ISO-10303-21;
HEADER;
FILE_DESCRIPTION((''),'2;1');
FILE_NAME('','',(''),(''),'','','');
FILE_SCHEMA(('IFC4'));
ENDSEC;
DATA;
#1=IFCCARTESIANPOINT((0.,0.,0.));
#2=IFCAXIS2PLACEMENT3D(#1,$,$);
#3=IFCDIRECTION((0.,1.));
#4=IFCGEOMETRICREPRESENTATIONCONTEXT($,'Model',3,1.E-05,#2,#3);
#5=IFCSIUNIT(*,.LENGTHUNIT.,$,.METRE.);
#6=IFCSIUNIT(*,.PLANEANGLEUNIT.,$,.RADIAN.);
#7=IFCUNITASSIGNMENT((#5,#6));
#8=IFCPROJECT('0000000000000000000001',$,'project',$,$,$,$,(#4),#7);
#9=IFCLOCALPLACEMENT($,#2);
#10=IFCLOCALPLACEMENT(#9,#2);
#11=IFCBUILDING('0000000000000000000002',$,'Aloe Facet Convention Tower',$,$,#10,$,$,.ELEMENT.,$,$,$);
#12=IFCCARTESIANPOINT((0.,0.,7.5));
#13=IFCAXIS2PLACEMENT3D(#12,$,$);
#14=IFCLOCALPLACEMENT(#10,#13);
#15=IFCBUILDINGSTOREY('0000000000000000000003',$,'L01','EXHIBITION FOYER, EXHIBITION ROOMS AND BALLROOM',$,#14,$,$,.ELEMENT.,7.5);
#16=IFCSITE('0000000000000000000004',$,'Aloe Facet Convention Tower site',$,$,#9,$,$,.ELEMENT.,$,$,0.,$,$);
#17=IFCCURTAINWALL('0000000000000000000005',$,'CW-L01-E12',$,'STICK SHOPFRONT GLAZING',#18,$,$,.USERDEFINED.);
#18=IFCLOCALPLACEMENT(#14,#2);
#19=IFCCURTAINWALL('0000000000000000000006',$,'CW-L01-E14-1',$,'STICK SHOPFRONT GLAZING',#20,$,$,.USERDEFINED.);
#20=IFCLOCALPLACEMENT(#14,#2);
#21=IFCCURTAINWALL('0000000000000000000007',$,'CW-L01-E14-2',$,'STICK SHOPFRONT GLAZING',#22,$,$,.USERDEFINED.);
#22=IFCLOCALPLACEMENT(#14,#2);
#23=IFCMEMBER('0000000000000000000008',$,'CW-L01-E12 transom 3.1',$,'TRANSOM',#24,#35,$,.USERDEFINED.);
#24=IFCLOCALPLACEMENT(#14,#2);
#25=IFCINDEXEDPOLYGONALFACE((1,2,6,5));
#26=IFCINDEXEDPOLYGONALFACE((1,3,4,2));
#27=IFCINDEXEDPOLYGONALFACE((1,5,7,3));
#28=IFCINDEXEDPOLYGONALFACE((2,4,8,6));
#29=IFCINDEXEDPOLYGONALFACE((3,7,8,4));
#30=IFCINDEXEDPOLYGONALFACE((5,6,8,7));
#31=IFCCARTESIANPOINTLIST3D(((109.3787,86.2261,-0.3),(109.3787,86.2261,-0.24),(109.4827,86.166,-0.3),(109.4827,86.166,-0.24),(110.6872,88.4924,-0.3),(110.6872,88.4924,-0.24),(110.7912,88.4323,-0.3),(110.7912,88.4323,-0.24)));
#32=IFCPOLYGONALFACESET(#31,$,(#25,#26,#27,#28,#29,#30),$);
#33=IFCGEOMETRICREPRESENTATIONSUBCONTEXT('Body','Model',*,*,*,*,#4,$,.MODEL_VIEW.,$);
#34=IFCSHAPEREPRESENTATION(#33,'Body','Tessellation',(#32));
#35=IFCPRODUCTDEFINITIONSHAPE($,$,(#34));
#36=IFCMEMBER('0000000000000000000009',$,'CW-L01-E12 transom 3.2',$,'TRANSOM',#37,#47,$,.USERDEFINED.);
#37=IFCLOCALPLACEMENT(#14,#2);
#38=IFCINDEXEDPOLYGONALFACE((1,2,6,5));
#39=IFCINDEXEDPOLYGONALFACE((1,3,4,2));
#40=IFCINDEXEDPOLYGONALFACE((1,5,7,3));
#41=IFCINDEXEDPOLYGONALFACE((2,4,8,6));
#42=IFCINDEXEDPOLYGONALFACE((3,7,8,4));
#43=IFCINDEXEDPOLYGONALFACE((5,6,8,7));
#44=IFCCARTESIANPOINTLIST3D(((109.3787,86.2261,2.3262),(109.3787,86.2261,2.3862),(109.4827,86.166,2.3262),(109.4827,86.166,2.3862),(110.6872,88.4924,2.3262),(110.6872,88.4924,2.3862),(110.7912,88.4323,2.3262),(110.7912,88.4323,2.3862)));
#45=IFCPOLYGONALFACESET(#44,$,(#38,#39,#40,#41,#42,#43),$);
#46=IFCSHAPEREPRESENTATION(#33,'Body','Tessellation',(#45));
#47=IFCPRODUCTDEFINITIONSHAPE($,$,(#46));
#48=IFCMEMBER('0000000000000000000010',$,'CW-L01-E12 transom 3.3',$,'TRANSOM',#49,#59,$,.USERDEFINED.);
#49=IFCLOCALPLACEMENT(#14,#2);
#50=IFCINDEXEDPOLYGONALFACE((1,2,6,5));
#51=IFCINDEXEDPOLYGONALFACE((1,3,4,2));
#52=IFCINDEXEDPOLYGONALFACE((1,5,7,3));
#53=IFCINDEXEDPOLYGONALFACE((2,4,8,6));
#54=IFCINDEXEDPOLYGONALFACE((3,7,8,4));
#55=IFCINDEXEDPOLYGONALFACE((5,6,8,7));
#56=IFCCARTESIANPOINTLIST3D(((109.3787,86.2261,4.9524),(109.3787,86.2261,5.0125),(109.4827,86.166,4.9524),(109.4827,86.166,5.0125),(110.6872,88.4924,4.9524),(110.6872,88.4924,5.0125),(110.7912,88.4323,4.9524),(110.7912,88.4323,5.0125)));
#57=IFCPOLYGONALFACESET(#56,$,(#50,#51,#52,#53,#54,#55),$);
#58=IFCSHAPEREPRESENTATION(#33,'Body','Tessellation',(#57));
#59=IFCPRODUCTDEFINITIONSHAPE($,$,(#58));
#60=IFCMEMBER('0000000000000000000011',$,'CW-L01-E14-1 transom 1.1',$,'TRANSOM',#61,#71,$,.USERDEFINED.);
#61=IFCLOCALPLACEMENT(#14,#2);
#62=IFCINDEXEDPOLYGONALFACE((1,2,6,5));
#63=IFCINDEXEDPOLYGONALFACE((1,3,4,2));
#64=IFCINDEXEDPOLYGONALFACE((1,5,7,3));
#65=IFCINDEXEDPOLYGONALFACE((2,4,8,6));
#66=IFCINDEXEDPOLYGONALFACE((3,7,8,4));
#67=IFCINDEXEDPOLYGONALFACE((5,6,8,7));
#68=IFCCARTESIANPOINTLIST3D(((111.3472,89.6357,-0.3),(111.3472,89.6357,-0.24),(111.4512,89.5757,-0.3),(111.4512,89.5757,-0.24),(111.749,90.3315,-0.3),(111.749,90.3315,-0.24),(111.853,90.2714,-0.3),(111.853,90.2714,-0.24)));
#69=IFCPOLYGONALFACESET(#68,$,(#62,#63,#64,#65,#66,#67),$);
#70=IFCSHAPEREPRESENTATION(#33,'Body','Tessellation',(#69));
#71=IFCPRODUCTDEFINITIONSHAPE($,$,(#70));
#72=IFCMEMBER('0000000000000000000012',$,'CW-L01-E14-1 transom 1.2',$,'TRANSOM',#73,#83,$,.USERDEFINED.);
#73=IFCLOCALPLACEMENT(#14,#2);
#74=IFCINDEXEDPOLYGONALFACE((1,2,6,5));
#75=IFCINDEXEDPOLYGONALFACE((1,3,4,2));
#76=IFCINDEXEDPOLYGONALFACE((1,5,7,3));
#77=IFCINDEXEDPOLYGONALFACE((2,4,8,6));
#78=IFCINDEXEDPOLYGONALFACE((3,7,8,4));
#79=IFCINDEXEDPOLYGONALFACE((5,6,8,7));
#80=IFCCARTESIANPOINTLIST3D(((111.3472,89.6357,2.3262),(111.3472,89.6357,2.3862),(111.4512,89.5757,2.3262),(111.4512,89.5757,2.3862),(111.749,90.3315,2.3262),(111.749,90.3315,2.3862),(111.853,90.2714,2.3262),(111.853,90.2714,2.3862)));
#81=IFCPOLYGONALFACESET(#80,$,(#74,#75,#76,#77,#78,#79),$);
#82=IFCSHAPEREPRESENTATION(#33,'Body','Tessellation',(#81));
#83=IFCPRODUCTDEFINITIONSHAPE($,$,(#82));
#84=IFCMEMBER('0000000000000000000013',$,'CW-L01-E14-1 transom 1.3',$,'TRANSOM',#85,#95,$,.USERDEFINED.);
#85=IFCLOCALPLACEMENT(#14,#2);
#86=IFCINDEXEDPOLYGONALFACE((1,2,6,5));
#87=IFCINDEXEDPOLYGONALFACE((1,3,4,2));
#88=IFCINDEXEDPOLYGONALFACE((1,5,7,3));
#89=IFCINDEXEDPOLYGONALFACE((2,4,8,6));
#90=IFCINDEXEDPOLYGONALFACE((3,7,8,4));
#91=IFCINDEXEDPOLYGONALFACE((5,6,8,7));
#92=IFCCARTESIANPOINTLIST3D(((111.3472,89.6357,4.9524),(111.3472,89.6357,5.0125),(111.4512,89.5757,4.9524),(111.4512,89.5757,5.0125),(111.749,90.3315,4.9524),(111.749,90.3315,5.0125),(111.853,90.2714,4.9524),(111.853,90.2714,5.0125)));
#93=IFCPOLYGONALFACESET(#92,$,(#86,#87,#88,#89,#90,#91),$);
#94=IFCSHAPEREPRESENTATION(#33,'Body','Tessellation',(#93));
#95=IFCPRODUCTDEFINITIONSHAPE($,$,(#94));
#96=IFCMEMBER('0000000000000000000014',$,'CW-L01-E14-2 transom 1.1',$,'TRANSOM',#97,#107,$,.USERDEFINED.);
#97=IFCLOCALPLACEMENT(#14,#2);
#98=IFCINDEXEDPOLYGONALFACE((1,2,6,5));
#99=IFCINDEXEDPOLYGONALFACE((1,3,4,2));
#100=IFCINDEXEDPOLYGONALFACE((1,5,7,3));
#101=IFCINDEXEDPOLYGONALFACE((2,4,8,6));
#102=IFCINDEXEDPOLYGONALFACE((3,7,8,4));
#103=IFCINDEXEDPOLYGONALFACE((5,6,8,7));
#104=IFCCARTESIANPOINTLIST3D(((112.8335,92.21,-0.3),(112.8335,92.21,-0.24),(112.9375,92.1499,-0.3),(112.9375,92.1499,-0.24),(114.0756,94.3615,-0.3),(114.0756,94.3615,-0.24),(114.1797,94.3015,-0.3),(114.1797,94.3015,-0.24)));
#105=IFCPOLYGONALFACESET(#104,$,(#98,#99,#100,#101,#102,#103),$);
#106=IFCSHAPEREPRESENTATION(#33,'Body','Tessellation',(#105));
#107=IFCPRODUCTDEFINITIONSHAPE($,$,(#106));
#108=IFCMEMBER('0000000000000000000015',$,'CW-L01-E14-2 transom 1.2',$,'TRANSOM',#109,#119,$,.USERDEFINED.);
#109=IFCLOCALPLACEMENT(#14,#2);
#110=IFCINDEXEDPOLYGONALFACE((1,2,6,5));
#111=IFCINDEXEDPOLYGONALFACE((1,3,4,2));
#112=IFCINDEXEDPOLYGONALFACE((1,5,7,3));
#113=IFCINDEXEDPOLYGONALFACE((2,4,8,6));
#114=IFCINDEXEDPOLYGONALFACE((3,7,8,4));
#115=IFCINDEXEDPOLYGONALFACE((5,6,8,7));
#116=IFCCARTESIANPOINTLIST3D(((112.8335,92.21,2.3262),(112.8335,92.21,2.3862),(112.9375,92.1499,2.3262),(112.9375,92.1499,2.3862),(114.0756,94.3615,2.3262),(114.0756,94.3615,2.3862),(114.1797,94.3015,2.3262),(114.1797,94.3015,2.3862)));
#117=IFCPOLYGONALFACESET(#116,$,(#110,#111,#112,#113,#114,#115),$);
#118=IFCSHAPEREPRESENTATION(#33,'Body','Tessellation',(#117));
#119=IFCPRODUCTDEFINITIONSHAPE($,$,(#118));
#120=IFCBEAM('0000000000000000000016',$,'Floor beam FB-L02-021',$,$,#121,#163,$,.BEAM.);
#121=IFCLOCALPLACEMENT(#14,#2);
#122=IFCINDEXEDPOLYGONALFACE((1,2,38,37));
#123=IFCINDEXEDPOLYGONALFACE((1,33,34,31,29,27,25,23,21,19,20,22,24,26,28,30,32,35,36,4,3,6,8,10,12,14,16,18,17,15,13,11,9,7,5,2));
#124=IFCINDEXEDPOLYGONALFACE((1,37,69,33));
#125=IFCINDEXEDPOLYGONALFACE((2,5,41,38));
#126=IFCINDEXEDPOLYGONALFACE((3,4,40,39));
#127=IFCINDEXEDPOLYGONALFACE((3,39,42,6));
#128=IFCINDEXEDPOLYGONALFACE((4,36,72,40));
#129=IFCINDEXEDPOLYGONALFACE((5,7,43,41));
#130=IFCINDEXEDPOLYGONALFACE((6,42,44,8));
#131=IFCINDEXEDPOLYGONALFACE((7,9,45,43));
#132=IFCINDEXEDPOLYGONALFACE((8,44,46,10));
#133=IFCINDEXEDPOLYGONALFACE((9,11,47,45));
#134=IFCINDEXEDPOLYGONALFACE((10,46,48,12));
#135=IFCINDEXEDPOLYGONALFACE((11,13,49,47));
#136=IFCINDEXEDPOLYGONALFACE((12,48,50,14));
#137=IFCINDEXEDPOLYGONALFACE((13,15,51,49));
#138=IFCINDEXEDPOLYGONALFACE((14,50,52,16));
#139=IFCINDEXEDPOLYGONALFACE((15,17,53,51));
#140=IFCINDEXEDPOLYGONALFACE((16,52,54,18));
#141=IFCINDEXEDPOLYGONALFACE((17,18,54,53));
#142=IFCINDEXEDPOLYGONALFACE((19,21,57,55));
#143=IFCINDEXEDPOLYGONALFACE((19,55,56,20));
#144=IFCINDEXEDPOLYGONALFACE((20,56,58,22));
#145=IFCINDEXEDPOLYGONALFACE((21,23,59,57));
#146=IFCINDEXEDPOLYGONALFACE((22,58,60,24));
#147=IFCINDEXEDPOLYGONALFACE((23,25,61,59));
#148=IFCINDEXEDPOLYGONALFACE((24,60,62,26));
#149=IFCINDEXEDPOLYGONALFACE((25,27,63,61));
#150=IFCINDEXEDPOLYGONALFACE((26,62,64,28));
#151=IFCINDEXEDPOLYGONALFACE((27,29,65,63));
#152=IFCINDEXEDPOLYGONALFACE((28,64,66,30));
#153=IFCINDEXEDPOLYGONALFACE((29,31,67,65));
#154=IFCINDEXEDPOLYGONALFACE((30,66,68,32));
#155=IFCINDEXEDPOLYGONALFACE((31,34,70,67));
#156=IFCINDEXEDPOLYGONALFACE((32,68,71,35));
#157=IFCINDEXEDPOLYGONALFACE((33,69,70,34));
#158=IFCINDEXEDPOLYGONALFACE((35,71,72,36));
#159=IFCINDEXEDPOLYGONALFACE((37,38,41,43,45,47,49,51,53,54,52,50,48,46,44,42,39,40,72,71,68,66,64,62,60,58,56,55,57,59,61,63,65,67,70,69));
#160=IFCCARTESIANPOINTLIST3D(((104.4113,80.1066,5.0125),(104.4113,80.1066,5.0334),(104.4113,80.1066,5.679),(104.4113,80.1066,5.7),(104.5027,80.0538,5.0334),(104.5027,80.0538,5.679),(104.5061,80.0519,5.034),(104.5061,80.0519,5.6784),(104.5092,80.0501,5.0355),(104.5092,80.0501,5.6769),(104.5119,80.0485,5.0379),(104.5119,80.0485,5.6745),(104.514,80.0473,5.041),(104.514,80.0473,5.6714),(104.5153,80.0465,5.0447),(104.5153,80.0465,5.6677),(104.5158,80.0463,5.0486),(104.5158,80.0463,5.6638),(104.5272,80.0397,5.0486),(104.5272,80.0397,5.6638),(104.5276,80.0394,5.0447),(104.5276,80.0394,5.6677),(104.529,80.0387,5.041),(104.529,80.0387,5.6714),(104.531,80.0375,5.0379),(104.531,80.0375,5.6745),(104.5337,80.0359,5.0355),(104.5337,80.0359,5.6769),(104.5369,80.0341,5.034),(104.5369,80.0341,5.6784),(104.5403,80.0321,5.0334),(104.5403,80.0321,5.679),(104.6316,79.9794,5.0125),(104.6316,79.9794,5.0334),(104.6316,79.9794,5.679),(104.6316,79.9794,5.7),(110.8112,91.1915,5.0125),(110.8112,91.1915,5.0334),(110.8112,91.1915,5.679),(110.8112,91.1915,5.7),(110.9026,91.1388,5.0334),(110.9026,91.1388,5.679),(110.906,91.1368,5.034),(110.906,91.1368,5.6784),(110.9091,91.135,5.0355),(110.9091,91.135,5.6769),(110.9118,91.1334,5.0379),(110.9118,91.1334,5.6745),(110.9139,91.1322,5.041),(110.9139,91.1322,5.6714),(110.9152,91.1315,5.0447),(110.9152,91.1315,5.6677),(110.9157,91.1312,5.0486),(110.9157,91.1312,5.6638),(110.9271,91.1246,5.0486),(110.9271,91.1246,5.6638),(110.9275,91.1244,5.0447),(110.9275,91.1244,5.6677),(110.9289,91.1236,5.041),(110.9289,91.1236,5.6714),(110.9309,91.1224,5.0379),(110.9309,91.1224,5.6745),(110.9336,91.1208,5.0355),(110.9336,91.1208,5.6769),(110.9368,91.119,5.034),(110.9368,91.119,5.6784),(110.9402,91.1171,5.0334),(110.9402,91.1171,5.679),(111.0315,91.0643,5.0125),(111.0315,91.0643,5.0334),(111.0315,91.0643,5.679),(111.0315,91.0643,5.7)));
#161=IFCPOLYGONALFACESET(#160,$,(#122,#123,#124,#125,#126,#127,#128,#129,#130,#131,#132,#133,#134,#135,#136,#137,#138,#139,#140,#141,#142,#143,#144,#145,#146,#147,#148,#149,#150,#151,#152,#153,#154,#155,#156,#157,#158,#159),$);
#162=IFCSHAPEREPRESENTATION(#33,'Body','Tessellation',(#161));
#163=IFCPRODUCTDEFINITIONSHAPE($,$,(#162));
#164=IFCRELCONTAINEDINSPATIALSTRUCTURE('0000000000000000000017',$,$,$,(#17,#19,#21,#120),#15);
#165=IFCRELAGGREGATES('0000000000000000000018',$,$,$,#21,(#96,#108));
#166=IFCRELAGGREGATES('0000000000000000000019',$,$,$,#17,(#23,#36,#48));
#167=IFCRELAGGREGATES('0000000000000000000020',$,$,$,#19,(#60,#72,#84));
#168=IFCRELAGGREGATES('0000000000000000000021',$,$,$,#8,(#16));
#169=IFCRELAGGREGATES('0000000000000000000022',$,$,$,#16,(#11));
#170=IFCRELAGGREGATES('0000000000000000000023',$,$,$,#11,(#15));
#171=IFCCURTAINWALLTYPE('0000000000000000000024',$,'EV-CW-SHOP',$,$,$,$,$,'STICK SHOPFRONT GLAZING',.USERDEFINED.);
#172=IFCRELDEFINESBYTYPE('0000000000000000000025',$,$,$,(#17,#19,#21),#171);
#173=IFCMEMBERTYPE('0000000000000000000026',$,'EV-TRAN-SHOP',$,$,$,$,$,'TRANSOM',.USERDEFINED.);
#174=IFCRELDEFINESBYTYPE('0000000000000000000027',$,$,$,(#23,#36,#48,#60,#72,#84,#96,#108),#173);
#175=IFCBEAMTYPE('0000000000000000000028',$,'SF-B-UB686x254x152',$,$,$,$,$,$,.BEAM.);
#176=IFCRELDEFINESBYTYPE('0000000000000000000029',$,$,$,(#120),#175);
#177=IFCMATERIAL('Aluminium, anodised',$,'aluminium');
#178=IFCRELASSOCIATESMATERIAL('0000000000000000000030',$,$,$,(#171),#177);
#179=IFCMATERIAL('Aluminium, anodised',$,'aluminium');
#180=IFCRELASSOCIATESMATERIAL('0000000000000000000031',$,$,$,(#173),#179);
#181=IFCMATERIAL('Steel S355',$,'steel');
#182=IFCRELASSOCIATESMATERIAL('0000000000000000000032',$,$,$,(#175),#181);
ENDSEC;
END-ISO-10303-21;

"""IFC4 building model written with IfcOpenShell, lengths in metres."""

from ifc_helpers import new_model, si_unit, direction, frame, origin, origin_2d, place, context, subcontext, project, spatial, rectangle, i_section, extrude, material, material_profile, profile_set, type_object, element, aggregate, save


model = new_model("IFC4")

# Units and contexts
model_context = context("Model", 3, precision=1e-05, world=origin(), true_north=direction((0.0, 1.0)))
body_context = subcontext(model_context, "Body", "Model", "MODEL_VIEW")
ifc_project = project(units=[si_unit("LENGTHUNIT", "METRE"), si_unit("PLANEANGLEUNIT", "RADIAN")], contexts=[model_context])

# Site, building, storey
site_placement = place(None, origin())
site = spatial("IfcSite", under=ifc_project, at=site_placement, Name="Aloe Facet Convention Tower site", CompositionType="ELEMENT", RefElevation=0.0)
building_placement = place(site_placement, origin())
building = spatial("IfcBuilding", under=site, at=building_placement, Name="Aloe Facet Convention Tower", CompositionType="ELEMENT")
storey_placement = place(building_placement, frame((0.0, 0.0, 7.5)))
storey = spatial("IfcBuildingStorey", under=building, at=storey_placement, Name="L01", Description="EXHIBITION FOYER, EXHIBITION ROOMS AND BALLROOM", CompositionType="ELEMENT", Elevation=7.5)

# Curtain walls
ifc_material_1 = material(Name="Aluminium, anodised", Category="aluminium")
curtain_wall_type = type_object("IfcCurtainWallType", Name="EV-CW-SHOP", ElementType="STICK SHOPFRONT GLAZING", PredefinedType="USERDEFINED", material=ifc_material_1)
curtain_wall_1_placement = place(storey_placement, origin())
curtain_wall_1 = element("IfcCurtainWall", 1, at=curtain_wall_1_placement, inside=storey, type_object=curtain_wall_type, Name="CW-L01-E12", ObjectType="STICK SHOPFRONT GLAZING", PredefinedType="USERDEFINED")
curtain_wall_2_placement = place(storey_placement, origin())
curtain_wall_2 = element("IfcCurtainWall", 2, at=curtain_wall_2_placement, inside=storey, type_object=curtain_wall_type, Name="CW-L01-E14-1", ObjectType="STICK SHOPFRONT GLAZING", PredefinedType="USERDEFINED")

# Curtain wall
curtain_wall_3_placement = place(storey_placement, origin())
curtain_wall_3 = element("IfcCurtainWall", 3, at=curtain_wall_3_placement, inside=storey, type_object=curtain_wall_type, Name="CW-L01-E14-2", ObjectType="STICK SHOPFRONT GLAZING", PredefinedType="USERDEFINED")

# Members
ifc_material_2 = material(Name="Aluminium, anodised", Category="aluminium")
ifc_material_profile_1 = material_profile(ifc_material_2, rectangle(XDim=0.1201, YDim=0.0601, at=origin_2d()), Name="AL 120x60")
ifc_profile_set_1 = profile_set([ifc_material_profile_1], Name="Aluminium, anodised")
member_type_1 = type_object("IfcMemberType", Name="EV-TRAN-SHOP", ElementType="TRANSOM", PredefinedType="USERDEFINED", material=ifc_profile_set_1)
member_1_placement = place(storey_placement, frame((109.4307, 86.196, -0.27), z_axis=(0.500032, 0.866007, 0.0), x_axis=(-0.866007, 0.500032, 0.0)))
member_1 = element("IfcMember", 4, at=member_1_placement, type_object=member_type_1, Name="CW-L01-E12 transom 3.1", ObjectType="TRANSOM", PredefinedType="USERDEFINED", context=body_context, shape_type="SweptSolid", body=[
    extrude(rectangle(XDim=0.1201, YDim=0.0601, at=origin_2d()), origin(), (0.0, 0.0, 1.0), 2.6169),
])
member_2_placement = place(storey_placement, frame((109.4307, 86.196, 2.3562), z_axis=(0.500032, 0.866007, 0.0), x_axis=(-0.866007, 0.500032, 0.0)))
member_2 = element("IfcMember", 5, at=member_2_placement, type_object=member_type_1, Name="CW-L01-E12 transom 3.2", ObjectType="TRANSOM", PredefinedType="USERDEFINED", context=body_context, shape_type="SweptSolid", body=[
    extrude(rectangle(XDim=0.1201, YDim=0.0601, at=origin_2d()), origin(), (0.0, 0.0, 1.0), 2.6169),
])
member_3_placement = place(storey_placement, frame((109.4307, 86.196, 4.9824), z_axis=(0.500032, 0.866007, 0.0), x_axis=(-0.866007, 0.500032, 0.0)))
member_3 = element("IfcMember", 6, at=member_3_placement, type_object=member_type_1, Name="CW-L01-E12 transom 3.3", ObjectType="TRANSOM", PredefinedType="USERDEFINED", context=body_context, shape_type="SweptSolid", body=[
    extrude(rectangle(XDim=0.1201, YDim=0.0601, at=origin_2d()), origin(), (0.0, 0.0, 1.0), 2.6169),
])
member_4_placement = place(storey_placement, frame((111.3992, 89.6057, -0.27), z_axis=(0.500126, 0.865953, 0.0), x_axis=(-0.865953, 0.500126, 0.0)))
member_4 = element("IfcMember", 7, at=member_4_placement, type_object=member_type_1, Name="CW-L01-E14-1 transom 1.1", ObjectType="TRANSOM", PredefinedType="USERDEFINED", context=body_context, shape_type="SweptSolid", body=[
    extrude(rectangle(XDim=0.1201, YDim=0.0601, at=origin_2d()), origin(), (0.0, 0.0, 1.0), 0.8035),
])
member_5_placement = place(storey_placement, frame((111.3992, 89.6057, 2.3562), z_axis=(0.500126, 0.865953, 0.0), x_axis=(-0.865953, 0.500126, 0.0)))
member_5 = element("IfcMember", 8, at=member_5_placement, type_object=member_type_1, Name="CW-L01-E14-1 transom 1.2", ObjectType="TRANSOM", PredefinedType="USERDEFINED", context=body_context, shape_type="SweptSolid", body=[
    extrude(rectangle(XDim=0.1201, YDim=0.0601, at=origin_2d()), origin(), (0.0, 0.0, 1.0), 0.8035),
])
member_6_placement = place(storey_placement, frame((111.3992, 89.6057, 4.9824), z_axis=(0.500126, 0.865953, 0.0), x_axis=(-0.865953, 0.500126, 0.0)))
member_6 = element("IfcMember", 9, at=member_6_placement, type_object=member_type_1, Name="CW-L01-E14-1 transom 1.3", ObjectType="TRANSOM", PredefinedType="USERDEFINED", context=body_context, shape_type="SweptSolid", body=[
    extrude(rectangle(XDim=0.1201, YDim=0.0601, at=origin_2d()), origin(), (0.0, 0.0, 1.0), 0.8035),
])
member_7_placement = place(storey_placement, frame((112.8855, 92.1799, -0.27), z_axis=(0.499986, 0.866033, 0.0), x_axis=(-0.866033, 0.499986, 0.0)))
member_7 = element("IfcMember", 10, at=member_7_placement, type_object=member_type_1, Name="CW-L01-E14-2 transom 1.1", ObjectType="TRANSOM", PredefinedType="USERDEFINED", context=body_context, shape_type="SweptSolid", body=[
    extrude(rectangle(XDim=0.1201, YDim=0.0601, at=origin_2d()), origin(), (0.0, 0.0, 1.0), 2.4844),
])
member_8_placement = place(storey_placement, frame((112.8855, 92.1799, 2.3562), z_axis=(0.499986, 0.866033, 0.0), x_axis=(-0.866033, 0.499986, 0.0)))
member_8 = element("IfcMember", 11, at=member_8_placement, type_object=member_type_1, Name="CW-L01-E14-2 transom 1.2", ObjectType="TRANSOM", PredefinedType="USERDEFINED", context=body_context, shape_type="SweptSolid", body=[
    extrude(rectangle(XDim=0.1201, YDim=0.0601, at=origin_2d()), origin(), (0.0, 0.0, 1.0), 2.4844),
])
aggregate(curtain_wall_3, [member_7, member_8])

# Beam
ifc_material_3 = material(Name="Steel S355", Category="steel")
ifc_material_profile_2 = material_profile(ifc_material_3, i_section(OverallWidth=0.2544, OverallDepth=0.6875, WebThickness=0.0132, FlangeThickness=0.021, FilletRadius=0.0151, at=origin_2d()), Name="UB 686x254x152")
ifc_profile_set_2 = profile_set([ifc_material_profile_2], Name="Steel S355")
beam_type_1 = type_object("IfcBeamType", Name="SF-B-UB686x254x152", PredefinedType="BEAM", material=ifc_profile_set_2)
beam_1_placement = place(storey_placement, frame((110.9214, 91.1279, 5.3562), z_axis=(-0.5, -0.866025, 0.0), x_axis=(0.866025, -0.5, 0.0)))
element("IfcBeam", 12, at=beam_1_placement, inside=storey, type_object=beam_type_1, Name="Floor beam FB-L02-021", PredefinedType="BEAM", context=body_context, shape_type="SweptSolid", body=[
    extrude(i_section(OverallWidth=0.2544, OverallDepth=0.6875, WebThickness=0.0132, FlangeThickness=0.021, FilletRadius=0.0151, at=origin_2d()), origin(), (0.0, 0.0, 1.0), 12.7998),
])

aggregate(curtain_wall_1, [member_1, member_2, member_3])
aggregate(curtain_wall_2, [member_4, member_5, member_6])

save(model, "model.ifc")
